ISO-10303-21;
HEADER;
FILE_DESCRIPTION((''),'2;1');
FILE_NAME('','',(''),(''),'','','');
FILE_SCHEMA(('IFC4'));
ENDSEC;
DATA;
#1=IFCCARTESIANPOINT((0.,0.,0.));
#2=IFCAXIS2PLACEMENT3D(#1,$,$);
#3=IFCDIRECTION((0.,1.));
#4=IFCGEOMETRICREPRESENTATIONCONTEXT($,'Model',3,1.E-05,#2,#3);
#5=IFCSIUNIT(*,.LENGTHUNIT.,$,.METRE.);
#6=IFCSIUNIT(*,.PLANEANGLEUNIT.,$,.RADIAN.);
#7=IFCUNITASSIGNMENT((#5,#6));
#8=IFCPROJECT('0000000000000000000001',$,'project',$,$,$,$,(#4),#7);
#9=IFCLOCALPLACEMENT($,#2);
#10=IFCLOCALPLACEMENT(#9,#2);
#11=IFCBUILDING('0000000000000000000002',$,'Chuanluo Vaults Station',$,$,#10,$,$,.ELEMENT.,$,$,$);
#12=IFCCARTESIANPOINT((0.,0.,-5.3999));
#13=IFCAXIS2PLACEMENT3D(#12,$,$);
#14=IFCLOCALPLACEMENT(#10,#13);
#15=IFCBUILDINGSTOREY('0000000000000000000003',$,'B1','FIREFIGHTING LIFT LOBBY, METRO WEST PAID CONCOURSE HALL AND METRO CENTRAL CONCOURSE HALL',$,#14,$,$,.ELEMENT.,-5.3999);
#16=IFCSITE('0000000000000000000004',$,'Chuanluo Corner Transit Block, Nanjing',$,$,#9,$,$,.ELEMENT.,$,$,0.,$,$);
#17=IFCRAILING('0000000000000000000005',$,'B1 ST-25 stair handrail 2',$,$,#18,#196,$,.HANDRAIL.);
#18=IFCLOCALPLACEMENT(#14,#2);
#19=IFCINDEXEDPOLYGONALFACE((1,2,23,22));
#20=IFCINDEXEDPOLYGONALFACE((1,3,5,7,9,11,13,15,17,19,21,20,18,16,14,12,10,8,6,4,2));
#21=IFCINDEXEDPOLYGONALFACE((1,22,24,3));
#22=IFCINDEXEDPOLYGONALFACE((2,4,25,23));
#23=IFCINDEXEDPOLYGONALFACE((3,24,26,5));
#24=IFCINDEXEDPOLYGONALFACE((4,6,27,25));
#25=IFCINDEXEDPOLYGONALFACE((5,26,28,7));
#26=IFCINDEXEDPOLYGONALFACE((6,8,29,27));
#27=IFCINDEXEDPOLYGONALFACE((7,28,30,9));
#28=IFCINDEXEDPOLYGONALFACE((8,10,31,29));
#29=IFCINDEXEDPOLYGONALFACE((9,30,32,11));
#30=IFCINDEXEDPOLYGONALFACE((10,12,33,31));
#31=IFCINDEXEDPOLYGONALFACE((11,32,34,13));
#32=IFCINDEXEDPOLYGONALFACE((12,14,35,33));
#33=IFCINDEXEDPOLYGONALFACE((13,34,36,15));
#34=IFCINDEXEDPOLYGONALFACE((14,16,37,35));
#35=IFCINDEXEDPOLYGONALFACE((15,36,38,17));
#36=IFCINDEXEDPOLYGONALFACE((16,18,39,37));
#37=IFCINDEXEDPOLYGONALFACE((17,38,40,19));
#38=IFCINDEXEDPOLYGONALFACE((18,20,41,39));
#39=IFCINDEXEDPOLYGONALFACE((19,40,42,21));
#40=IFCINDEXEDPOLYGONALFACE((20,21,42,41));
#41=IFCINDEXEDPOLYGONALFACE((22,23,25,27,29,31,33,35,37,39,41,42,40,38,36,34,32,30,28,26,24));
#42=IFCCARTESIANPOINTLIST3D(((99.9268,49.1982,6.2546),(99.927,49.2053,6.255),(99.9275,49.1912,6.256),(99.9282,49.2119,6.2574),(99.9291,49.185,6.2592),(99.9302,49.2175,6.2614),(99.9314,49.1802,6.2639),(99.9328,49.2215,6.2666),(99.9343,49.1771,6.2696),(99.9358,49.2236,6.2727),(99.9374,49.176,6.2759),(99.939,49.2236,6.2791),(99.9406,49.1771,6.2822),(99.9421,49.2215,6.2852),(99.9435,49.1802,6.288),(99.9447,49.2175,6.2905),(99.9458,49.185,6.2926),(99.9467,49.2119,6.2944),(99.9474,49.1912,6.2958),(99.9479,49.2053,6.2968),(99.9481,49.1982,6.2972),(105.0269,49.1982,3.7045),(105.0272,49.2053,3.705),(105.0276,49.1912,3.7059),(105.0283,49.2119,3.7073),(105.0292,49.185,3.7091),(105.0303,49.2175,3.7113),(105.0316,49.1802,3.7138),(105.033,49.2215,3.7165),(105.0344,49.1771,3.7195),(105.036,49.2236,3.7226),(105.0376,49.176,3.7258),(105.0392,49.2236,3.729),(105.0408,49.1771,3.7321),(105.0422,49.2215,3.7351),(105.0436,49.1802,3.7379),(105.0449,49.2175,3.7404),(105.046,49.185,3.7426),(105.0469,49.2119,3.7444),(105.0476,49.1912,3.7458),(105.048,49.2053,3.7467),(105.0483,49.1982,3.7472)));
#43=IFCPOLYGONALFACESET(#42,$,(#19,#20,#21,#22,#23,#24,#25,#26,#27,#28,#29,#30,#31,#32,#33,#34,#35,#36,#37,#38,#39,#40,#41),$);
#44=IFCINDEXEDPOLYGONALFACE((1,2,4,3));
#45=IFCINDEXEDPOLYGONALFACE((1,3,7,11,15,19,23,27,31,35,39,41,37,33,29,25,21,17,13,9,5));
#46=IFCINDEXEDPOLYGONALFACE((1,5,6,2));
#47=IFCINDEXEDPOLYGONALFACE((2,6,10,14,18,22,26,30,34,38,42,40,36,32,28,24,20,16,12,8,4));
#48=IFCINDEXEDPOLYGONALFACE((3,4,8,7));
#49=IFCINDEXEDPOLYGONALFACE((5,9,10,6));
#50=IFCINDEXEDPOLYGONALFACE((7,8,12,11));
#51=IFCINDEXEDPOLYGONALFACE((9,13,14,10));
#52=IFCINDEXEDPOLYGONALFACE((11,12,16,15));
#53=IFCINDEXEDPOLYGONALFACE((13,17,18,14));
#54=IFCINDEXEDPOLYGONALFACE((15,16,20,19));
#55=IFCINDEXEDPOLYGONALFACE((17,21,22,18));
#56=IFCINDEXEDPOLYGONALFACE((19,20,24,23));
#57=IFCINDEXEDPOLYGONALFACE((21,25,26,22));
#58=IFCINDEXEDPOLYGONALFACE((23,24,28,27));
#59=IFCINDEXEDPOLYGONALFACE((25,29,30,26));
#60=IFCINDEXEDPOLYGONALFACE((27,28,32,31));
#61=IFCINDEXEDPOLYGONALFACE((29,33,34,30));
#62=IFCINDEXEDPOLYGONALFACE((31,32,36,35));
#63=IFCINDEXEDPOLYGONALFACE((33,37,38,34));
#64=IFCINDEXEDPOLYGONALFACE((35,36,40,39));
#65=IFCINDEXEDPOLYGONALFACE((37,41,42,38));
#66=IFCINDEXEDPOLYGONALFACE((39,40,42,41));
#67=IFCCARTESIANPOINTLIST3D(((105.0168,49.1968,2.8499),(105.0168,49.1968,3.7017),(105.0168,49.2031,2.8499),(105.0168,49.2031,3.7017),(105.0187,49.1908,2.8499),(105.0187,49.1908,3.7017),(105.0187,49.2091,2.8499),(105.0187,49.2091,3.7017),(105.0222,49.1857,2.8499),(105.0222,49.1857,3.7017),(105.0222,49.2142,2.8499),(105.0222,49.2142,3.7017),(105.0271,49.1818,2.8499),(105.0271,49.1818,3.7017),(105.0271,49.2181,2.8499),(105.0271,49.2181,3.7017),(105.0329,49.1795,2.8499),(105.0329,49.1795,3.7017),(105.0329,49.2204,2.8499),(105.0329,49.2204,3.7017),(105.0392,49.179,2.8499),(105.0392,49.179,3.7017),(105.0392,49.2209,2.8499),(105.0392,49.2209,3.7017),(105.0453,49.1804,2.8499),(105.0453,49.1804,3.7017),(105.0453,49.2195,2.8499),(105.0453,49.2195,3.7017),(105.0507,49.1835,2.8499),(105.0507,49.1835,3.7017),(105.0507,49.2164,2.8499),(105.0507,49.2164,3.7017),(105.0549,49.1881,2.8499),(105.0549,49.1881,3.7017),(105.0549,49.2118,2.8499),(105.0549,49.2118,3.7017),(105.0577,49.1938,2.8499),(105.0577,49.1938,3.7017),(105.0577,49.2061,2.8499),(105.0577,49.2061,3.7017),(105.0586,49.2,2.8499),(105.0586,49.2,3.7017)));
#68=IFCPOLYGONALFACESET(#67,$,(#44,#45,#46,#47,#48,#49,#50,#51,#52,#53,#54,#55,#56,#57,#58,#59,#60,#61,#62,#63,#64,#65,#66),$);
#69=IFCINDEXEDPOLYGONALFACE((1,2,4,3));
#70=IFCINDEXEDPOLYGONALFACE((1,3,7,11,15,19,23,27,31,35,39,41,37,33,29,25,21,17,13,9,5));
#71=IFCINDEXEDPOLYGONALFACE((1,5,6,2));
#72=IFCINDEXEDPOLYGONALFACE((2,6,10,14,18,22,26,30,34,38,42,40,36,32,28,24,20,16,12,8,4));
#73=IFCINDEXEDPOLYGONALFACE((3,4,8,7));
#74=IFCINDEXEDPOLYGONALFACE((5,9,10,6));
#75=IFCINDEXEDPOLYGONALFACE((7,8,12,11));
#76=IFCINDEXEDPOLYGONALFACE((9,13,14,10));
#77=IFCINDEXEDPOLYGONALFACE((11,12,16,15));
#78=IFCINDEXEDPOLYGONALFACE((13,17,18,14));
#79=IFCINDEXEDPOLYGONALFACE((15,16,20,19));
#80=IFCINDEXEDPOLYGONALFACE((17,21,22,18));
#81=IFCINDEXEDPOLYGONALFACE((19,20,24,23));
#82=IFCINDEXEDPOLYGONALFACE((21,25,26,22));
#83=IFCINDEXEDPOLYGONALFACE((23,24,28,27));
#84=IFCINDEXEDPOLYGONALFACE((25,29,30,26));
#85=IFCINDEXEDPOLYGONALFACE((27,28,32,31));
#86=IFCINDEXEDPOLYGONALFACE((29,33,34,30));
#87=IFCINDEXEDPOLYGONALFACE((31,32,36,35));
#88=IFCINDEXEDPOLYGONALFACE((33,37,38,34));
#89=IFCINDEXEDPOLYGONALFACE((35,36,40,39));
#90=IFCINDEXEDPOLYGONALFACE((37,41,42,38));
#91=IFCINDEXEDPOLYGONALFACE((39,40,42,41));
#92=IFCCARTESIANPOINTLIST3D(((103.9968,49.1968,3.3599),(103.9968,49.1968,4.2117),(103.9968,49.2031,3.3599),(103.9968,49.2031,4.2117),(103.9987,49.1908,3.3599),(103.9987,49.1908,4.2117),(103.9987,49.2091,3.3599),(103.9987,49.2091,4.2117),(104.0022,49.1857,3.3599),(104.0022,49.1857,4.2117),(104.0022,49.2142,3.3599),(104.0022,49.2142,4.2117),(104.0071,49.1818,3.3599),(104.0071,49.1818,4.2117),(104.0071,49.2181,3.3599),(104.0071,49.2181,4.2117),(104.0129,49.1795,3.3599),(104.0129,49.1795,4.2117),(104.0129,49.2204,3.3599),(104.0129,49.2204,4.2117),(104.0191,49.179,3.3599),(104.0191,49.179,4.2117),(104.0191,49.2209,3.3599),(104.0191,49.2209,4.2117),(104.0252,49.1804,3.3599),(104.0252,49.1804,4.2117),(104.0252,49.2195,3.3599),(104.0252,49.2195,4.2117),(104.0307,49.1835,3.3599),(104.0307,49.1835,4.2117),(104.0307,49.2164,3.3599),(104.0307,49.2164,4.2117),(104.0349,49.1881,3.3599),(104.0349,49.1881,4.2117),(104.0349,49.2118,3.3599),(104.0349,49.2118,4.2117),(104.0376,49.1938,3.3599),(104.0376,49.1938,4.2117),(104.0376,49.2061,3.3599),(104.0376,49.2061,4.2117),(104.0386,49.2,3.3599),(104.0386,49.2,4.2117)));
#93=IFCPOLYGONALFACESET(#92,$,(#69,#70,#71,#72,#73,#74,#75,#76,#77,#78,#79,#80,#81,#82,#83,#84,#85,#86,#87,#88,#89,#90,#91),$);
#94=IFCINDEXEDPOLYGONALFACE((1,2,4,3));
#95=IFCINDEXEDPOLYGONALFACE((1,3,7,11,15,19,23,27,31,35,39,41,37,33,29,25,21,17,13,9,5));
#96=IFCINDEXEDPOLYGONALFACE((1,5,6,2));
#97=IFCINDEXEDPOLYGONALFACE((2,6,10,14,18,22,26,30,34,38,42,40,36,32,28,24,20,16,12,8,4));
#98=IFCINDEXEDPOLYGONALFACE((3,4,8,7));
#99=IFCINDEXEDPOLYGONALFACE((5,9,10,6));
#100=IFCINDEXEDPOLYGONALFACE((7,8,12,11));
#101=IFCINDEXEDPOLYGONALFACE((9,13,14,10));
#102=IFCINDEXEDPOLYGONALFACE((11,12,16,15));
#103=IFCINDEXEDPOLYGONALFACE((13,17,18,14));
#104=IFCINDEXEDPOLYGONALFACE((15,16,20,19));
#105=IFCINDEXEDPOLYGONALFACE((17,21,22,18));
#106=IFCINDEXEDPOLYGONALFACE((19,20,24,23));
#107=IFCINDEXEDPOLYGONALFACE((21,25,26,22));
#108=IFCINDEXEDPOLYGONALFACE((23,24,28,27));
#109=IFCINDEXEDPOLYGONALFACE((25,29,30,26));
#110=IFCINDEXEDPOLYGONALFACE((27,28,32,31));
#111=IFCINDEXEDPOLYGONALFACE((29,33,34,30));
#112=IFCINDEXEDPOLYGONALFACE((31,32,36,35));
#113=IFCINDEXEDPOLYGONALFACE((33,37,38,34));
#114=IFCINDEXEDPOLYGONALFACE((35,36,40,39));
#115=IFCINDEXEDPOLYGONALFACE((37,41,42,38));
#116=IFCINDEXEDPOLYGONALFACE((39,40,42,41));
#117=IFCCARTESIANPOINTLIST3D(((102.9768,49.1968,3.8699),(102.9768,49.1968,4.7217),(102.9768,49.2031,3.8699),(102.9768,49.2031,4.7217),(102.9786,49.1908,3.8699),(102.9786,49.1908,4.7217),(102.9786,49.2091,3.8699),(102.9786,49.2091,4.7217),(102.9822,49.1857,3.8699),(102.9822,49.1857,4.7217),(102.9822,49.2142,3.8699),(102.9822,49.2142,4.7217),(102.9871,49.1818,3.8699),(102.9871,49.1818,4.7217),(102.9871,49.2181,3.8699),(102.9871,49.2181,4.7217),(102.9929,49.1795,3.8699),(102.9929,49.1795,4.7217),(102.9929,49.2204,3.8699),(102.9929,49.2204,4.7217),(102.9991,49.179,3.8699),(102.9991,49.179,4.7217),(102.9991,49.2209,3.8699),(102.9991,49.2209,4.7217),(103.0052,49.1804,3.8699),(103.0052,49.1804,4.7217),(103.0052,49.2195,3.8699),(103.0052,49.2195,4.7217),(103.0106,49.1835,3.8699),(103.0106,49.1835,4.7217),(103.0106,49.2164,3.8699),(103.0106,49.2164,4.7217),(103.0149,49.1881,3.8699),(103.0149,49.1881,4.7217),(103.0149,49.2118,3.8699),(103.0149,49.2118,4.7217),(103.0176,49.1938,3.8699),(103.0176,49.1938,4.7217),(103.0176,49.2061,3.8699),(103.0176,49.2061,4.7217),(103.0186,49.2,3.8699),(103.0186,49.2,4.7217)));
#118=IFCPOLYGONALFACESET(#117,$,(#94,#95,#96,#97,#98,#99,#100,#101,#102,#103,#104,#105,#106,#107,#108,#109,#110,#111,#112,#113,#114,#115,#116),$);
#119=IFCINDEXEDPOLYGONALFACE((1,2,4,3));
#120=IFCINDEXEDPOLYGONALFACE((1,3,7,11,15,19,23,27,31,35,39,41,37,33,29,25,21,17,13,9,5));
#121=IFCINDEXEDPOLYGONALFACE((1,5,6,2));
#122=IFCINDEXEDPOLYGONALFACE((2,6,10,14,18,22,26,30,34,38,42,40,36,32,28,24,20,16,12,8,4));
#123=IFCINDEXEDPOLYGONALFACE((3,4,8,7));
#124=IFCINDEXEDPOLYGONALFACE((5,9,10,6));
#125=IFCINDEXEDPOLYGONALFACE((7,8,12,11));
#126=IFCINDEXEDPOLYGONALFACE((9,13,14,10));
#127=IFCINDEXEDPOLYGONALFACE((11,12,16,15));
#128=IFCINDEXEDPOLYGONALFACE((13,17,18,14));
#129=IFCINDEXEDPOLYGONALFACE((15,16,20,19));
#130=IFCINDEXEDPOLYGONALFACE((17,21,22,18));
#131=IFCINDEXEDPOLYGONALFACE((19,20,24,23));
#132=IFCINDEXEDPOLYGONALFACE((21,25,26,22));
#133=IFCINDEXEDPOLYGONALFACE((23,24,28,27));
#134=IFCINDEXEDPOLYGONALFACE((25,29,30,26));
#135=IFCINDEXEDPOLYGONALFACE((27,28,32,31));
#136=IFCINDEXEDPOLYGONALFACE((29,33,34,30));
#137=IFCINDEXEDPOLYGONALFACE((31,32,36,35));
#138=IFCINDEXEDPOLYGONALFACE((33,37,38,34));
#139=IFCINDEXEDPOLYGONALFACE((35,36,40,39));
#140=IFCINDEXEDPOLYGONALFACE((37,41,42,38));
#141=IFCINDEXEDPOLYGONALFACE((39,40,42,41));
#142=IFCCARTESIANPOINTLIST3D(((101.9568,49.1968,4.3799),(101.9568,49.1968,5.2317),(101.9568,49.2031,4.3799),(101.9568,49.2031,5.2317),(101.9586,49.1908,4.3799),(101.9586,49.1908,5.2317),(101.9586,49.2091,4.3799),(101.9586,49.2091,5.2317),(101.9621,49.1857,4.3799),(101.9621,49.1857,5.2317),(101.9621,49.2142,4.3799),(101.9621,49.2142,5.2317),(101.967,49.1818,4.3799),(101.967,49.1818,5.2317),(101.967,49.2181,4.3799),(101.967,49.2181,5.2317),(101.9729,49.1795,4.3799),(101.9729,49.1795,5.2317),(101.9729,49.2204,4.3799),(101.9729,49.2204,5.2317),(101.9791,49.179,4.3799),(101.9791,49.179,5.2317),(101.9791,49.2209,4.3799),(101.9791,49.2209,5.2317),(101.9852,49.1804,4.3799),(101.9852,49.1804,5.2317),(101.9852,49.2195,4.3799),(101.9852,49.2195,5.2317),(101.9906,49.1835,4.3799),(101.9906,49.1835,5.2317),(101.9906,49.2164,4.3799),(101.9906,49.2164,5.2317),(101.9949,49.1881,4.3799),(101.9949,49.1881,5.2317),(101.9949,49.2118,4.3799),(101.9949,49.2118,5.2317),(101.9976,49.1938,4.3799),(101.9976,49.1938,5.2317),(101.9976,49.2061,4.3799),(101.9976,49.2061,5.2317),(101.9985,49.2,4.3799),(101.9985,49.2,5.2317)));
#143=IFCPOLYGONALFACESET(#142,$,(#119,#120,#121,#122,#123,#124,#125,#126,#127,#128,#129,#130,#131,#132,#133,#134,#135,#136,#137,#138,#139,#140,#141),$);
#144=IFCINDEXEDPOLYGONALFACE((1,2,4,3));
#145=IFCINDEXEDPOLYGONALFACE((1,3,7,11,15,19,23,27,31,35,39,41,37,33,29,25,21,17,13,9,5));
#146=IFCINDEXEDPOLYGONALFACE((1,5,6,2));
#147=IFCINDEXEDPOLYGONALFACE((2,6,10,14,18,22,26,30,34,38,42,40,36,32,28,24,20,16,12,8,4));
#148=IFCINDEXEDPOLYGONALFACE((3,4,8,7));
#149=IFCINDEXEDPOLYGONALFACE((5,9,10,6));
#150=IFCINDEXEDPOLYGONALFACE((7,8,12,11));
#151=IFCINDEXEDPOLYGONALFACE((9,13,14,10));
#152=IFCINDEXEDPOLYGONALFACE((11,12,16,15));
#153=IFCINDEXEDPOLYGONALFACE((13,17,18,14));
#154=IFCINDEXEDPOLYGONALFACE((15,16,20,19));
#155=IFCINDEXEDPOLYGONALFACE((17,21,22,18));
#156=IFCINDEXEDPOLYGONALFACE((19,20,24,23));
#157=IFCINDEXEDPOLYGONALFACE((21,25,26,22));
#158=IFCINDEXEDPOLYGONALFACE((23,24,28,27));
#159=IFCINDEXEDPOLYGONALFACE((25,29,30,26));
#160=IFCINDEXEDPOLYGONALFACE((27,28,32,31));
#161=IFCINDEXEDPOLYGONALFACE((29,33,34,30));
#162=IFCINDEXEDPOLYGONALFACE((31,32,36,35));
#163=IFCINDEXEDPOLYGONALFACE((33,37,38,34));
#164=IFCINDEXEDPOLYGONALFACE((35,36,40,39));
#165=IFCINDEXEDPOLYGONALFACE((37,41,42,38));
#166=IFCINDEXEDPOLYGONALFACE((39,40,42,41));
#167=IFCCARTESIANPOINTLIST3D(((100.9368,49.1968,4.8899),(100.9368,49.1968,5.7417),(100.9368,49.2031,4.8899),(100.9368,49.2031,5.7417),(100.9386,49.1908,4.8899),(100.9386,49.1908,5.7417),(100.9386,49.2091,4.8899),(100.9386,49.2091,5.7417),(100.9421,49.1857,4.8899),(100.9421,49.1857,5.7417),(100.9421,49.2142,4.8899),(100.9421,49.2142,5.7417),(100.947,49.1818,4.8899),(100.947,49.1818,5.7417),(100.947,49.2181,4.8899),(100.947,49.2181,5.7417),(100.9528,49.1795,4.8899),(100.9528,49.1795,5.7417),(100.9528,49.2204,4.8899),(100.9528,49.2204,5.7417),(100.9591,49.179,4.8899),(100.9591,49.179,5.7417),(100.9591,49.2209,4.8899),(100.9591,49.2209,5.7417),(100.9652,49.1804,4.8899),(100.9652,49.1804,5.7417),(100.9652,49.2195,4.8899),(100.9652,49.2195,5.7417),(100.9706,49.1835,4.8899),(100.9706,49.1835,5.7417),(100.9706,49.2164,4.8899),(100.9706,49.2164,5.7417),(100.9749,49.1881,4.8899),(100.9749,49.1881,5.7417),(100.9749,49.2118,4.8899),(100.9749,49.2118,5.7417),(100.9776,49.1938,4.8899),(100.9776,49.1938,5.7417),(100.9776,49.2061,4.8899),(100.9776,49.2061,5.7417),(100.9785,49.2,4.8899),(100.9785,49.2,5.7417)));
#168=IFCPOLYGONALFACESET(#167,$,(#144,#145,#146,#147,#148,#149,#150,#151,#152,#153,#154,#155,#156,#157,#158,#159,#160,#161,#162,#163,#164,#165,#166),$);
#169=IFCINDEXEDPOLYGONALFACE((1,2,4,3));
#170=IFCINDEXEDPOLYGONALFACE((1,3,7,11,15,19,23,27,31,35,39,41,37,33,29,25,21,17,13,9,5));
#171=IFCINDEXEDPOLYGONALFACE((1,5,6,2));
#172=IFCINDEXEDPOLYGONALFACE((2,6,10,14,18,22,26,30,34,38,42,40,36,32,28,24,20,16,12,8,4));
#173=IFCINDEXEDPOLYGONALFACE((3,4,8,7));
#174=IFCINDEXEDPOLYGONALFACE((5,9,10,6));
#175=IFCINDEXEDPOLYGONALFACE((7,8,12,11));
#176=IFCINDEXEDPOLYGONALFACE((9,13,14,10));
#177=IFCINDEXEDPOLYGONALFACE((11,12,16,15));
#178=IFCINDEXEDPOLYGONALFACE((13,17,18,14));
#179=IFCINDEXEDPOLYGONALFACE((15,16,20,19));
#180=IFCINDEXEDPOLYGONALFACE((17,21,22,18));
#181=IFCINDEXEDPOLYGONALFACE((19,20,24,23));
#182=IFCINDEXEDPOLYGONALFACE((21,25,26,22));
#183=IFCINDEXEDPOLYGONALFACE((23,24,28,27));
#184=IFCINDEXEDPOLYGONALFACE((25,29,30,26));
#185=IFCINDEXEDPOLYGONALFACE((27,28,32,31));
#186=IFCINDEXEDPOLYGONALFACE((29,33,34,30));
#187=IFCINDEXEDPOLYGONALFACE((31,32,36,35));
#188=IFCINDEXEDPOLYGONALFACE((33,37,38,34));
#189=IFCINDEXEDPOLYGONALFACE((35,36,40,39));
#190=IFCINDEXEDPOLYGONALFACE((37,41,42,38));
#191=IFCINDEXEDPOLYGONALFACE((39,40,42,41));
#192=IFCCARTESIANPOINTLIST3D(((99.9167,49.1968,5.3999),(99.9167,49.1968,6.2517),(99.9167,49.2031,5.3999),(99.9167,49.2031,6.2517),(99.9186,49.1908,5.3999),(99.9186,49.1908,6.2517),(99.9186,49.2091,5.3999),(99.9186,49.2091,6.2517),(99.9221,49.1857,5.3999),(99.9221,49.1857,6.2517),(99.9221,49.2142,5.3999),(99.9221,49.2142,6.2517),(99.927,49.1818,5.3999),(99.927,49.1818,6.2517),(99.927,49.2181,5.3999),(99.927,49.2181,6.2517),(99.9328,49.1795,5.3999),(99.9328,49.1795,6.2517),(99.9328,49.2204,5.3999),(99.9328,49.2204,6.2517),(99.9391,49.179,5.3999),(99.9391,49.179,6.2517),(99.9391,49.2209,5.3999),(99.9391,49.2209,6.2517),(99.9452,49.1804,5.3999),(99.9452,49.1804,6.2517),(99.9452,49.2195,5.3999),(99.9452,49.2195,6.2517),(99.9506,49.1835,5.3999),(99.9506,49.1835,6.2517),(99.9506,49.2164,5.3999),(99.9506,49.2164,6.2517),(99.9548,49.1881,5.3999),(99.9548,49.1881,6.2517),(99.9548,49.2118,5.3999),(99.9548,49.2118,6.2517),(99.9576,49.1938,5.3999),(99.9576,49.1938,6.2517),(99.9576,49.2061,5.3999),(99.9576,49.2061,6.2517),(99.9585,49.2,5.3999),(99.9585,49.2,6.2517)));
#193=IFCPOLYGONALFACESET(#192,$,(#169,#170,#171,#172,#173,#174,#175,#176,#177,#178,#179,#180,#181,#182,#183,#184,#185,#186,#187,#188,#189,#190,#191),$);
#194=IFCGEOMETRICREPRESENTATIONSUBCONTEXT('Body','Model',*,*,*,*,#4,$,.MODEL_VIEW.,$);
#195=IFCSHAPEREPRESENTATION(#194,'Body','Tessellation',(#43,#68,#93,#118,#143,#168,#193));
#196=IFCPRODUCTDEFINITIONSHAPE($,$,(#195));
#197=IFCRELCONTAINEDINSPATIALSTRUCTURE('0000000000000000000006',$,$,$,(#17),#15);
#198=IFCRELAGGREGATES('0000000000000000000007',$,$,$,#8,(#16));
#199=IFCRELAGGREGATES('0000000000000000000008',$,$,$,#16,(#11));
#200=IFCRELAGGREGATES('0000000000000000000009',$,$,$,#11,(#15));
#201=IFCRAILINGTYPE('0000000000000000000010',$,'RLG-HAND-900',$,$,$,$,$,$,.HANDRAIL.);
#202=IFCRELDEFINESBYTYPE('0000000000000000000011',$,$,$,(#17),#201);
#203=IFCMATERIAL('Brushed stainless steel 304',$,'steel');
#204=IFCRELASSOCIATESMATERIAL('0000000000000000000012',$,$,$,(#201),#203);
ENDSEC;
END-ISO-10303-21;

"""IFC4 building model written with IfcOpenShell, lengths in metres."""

from ifc_helpers import new_model, si_unit, direction, frame, origin, origin_2d, place, context, subcontext, project, spatial, circle, extrude, material, type_object, element, save


model = new_model("IFC4")

# Units and contexts
model_context = context("Model", 3, precision=1e-05, world=origin(), true_north=direction((0.0, 1.0)))
body_context = subcontext(model_context, "Body", "Model", "MODEL_VIEW")
ifc_project = project(units=[si_unit("LENGTHUNIT", "METRE"), si_unit("PLANEANGLEUNIT", "RADIAN")], contexts=[model_context])

# Site, building, storey
site_placement = place(None, origin())
site = spatial("IfcSite", under=ifc_project, at=site_placement, Name="Chuanluo Corner Transit Block, Nanjing", CompositionType="ELEMENT", RefElevation=0.0)
building_placement = place(site_placement, origin())
building = spatial("IfcBuilding", under=site, at=building_placement, Name="Chuanluo Vaults Station", CompositionType="ELEMENT")
storey_placement = place(building_placement, frame((0.0, 0.0, -5.3999)))
storey = spatial("IfcBuildingStorey", under=building, at=storey_placement, Name="B1", Description="FIREFIGHTING LIFT LOBBY, METRO WEST PAID CONCOURSE HALL AND METRO CENTRAL CONCOURSE HALL", CompositionType="ELEMENT", Elevation=-5.3999)

# Railing
ifc_material_1 = material(Name="Brushed stainless steel 304", Category="steel")
railing_type_1 = type_object("IfcRailingType", Name="RLG-HAND-900", PredefinedType="HANDRAIL", material=ifc_material_1)
railing_1_placement = place(storey_placement, frame((105.0376, 49.2, 2.8499)))
element("IfcRailing", 1, at=railing_1_placement, inside=storey, type_object=railing_type_1, Name="B1 ST-25 stair handrail 2", PredefinedType="HANDRAIL", context=body_context, shape_type="SweptSolid", body=[
    extrude(circle(Radius=0.0239, at=origin_2d()), frame((0.0, 0.0, 0.876), z_axis=(-0.894427, 0.0, 0.447214), x_axis=(0.0, -1.0, 0.0)), (0.0, 0.0, 1.0), 5.7021),
    extrude(circle(Radius=0.021, at=origin_2d()), origin(), (0.0, 0.0, 1.0), 0.8518),
    extrude(circle(Radius=0.021, at=origin_2d()), frame((-1.02, 0.0, 0.51)), (0.0, 0.0, 1.0), 0.8518),
    extrude(circle(Radius=0.021, at=origin_2d()), frame((-2.04, 0.0, 1.02)), (0.0, 0.0, 1.0), 0.8518),
    extrude(circle(Radius=0.021, at=origin_2d()), frame((-3.0601, 0.0, 1.53)), (0.0, 0.0, 1.0), 0.8518),
    extrude(circle(Radius=0.021, at=origin_2d()), frame((-4.0801, 0.0, 2.04)), (0.0, 0.0, 1.0), 0.8518),
    extrude(circle(Radius=0.021, at=origin_2d()), frame((-5.1001, 0.0, 2.55)), (0.0, 0.0, 1.0), 0.8518),
])

save(model, "model.ifc")
